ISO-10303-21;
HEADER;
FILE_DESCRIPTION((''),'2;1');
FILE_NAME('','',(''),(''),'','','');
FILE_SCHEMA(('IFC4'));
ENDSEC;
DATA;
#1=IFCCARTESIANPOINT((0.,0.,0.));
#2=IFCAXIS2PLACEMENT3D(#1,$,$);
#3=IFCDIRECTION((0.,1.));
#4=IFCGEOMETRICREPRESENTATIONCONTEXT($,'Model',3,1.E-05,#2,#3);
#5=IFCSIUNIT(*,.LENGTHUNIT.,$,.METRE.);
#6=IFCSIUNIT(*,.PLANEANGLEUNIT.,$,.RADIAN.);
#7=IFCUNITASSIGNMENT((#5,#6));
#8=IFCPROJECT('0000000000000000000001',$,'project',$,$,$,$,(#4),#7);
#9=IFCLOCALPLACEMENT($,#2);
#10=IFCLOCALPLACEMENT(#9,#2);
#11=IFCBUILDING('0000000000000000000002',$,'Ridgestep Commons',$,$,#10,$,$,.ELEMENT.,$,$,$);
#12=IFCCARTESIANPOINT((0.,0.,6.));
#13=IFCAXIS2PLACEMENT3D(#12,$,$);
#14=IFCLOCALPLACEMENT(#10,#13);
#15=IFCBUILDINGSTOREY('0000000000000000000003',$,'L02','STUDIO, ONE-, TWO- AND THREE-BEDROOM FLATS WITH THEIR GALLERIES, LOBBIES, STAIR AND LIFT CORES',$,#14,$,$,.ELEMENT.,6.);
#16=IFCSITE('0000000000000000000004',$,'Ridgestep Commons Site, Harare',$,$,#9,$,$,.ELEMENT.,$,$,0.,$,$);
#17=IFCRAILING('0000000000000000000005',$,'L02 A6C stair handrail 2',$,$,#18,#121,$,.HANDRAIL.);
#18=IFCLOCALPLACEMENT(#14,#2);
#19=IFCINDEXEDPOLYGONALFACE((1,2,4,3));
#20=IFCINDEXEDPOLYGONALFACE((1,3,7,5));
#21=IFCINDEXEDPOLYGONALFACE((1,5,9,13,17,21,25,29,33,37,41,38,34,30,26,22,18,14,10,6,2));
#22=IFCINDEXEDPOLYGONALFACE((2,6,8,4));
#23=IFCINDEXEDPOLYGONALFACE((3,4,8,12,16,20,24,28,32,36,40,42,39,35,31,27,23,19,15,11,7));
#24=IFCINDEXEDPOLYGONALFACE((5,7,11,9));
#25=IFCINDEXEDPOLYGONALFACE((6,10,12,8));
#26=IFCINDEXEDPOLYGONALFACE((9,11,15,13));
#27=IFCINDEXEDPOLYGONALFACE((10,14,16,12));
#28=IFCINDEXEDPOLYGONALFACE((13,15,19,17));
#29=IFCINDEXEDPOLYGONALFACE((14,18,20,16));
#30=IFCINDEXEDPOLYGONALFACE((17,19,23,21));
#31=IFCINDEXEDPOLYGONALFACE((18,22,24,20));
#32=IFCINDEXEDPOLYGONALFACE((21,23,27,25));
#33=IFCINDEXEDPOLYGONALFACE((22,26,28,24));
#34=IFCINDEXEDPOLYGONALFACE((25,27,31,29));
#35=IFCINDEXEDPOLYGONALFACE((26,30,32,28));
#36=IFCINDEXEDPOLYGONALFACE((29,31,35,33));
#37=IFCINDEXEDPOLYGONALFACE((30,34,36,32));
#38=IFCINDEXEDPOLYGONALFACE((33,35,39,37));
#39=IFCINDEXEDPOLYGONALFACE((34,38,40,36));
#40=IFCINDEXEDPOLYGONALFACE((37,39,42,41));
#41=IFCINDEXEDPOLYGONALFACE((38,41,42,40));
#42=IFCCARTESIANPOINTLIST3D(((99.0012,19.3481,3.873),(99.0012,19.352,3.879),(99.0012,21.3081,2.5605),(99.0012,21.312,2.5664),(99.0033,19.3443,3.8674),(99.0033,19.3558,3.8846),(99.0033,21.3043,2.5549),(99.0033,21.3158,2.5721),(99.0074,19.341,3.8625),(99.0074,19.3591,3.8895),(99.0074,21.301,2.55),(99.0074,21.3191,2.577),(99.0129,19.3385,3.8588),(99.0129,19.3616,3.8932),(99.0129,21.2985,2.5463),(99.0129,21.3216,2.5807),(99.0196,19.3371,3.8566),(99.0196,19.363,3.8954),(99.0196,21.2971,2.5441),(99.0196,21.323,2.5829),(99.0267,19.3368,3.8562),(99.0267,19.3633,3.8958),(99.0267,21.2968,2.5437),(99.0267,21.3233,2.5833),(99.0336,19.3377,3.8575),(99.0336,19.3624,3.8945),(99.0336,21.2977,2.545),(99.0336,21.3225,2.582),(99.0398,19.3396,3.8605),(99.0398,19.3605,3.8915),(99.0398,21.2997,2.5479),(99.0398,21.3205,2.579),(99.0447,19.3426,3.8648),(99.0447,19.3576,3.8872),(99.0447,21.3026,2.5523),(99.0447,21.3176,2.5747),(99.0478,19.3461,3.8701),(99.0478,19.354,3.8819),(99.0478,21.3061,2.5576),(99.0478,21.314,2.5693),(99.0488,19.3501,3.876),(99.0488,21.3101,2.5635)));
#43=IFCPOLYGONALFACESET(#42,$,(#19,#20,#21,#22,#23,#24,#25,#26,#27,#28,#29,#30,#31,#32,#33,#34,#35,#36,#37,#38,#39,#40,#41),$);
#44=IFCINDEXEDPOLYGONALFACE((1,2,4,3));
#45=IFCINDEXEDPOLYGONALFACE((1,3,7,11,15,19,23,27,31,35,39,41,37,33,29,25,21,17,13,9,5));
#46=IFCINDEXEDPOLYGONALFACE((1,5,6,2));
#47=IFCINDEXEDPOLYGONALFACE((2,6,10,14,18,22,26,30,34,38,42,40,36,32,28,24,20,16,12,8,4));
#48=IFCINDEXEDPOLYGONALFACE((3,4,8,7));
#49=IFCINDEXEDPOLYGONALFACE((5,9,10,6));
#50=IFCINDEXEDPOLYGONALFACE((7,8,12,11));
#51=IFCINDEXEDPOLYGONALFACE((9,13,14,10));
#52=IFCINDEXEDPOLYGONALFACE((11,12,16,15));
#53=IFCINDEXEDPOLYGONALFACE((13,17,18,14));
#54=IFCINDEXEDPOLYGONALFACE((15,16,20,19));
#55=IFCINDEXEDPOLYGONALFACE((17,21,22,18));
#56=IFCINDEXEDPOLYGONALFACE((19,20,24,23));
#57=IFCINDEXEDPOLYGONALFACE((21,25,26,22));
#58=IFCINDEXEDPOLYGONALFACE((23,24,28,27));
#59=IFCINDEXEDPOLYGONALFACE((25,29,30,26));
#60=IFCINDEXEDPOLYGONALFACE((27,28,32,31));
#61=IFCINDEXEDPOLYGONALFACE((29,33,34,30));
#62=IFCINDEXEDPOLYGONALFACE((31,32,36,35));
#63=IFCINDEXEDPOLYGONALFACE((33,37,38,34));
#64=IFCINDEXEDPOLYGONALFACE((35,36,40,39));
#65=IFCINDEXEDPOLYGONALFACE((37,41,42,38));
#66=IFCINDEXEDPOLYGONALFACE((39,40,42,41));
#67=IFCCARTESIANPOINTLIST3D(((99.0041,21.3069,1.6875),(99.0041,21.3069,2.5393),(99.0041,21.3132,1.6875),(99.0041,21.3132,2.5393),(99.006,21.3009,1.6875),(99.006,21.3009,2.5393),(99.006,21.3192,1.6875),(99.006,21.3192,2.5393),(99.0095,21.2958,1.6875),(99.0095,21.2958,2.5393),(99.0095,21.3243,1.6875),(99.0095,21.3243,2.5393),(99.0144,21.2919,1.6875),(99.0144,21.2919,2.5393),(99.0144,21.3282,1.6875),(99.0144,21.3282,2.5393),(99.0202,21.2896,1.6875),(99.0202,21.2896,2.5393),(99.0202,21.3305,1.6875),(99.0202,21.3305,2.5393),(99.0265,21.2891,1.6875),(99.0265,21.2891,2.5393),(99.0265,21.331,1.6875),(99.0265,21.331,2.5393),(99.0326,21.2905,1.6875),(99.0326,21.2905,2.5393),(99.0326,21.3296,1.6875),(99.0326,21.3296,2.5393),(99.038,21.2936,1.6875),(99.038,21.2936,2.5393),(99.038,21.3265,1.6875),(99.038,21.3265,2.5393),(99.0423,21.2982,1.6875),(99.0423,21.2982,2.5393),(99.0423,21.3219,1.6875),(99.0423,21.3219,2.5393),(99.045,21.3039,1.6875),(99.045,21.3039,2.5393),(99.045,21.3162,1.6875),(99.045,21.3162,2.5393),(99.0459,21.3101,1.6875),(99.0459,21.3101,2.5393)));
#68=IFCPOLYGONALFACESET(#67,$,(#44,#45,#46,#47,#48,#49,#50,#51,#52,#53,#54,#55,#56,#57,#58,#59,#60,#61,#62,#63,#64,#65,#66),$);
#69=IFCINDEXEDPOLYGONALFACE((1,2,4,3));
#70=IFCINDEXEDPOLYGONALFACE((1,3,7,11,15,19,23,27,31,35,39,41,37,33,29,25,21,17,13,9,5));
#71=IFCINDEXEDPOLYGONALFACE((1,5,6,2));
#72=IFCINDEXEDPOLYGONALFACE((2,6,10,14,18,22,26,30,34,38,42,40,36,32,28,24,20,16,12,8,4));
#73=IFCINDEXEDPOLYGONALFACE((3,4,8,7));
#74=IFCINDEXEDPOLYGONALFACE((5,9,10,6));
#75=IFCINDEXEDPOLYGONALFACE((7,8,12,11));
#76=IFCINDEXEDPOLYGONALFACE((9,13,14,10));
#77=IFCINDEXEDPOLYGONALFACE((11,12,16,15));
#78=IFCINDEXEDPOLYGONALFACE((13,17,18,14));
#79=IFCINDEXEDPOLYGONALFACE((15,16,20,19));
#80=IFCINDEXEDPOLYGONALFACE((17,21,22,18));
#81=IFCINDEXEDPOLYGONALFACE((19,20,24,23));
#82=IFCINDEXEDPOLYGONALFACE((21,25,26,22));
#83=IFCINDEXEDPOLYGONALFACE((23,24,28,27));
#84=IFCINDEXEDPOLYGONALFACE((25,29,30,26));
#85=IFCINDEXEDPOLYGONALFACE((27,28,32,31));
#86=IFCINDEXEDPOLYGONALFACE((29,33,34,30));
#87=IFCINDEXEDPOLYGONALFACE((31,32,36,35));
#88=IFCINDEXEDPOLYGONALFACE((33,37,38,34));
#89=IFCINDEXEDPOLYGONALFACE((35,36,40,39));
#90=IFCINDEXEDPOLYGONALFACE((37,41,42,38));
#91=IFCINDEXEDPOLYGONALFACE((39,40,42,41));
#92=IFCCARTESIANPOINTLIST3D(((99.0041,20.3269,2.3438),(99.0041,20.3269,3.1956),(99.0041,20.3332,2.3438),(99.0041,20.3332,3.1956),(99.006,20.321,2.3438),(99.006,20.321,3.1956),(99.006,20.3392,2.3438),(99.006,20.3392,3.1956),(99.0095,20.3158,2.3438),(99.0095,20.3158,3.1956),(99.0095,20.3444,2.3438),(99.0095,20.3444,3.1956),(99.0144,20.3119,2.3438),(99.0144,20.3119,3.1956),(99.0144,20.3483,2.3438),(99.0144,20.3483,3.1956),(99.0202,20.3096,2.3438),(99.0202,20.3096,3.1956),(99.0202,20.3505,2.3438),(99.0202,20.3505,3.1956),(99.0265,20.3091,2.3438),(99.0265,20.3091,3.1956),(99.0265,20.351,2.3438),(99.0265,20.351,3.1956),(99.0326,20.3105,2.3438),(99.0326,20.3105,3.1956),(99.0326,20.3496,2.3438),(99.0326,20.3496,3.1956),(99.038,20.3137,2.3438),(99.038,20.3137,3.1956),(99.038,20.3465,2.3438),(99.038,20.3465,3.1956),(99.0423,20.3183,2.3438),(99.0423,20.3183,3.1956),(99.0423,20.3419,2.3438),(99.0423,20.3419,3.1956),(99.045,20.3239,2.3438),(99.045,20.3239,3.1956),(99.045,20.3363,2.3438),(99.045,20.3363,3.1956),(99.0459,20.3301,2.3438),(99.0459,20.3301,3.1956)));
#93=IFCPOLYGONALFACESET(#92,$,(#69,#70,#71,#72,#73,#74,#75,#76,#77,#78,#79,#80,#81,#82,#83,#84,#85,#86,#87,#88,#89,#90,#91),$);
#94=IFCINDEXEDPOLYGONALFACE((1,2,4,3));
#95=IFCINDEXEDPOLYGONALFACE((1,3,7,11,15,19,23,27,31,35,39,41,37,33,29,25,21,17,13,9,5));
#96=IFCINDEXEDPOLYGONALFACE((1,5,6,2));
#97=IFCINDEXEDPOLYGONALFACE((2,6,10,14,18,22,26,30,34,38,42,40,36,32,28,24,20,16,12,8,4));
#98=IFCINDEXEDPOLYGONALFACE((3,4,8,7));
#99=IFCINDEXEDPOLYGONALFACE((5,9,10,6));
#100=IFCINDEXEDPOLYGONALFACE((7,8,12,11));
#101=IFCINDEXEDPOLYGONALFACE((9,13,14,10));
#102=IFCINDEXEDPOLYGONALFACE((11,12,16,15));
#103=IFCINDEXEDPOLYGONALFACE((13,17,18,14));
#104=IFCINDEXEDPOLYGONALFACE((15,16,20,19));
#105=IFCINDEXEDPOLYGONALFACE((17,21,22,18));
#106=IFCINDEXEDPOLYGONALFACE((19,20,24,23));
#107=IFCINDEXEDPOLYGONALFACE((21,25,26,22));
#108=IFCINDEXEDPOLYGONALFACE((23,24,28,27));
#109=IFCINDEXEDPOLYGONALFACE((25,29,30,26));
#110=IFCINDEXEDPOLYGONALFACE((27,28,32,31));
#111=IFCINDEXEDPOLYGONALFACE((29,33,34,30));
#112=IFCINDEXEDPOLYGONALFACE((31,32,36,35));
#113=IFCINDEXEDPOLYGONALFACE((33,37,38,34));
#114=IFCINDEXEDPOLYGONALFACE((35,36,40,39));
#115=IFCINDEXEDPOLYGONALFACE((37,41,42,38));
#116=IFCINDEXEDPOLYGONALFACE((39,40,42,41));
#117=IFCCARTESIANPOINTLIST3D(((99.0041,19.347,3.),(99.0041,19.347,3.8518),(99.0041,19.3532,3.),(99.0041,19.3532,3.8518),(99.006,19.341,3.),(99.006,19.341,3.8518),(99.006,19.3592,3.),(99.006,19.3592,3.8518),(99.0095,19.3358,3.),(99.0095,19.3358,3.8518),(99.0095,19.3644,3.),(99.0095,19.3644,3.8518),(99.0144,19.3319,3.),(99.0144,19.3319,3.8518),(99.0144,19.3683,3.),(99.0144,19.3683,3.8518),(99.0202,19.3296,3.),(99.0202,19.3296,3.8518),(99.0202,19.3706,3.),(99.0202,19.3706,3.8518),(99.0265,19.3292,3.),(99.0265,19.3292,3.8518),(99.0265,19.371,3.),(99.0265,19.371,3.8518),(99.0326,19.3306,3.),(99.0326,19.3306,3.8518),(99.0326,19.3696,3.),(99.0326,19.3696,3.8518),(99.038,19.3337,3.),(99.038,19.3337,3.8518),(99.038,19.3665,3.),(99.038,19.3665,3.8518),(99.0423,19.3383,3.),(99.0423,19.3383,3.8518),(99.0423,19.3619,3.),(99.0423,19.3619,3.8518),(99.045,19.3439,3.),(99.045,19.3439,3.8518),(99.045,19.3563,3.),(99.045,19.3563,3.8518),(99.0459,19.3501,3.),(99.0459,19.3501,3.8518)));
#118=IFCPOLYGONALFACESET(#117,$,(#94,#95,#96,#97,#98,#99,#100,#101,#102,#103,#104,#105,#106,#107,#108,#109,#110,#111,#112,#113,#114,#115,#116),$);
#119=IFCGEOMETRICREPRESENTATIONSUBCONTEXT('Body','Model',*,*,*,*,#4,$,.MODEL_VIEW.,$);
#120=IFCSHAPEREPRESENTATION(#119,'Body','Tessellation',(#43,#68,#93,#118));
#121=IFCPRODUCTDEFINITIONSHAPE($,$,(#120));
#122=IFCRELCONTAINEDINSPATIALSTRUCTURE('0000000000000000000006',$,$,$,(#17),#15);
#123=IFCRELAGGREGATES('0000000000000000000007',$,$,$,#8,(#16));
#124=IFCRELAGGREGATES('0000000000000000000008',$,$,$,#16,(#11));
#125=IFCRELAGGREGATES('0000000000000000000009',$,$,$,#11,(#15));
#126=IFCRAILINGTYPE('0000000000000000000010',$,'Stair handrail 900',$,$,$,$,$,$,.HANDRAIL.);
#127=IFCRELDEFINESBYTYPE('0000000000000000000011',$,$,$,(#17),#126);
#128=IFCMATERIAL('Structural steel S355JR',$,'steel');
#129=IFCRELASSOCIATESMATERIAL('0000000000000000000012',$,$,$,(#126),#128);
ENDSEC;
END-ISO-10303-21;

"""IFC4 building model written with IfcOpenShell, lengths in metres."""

from ifc_helpers import new_model, si_unit, direction, frame, origin, origin_2d, place, context, subcontext, project, spatial, circle, extrude, material, type_object, element, save


model = new_model("IFC4")

# Units and contexts
model_context = context("Model", 3, precision=1e-05, world=origin(), true_north=direction((0.0, 1.0)))
body_context = subcontext(model_context, "Body", "Model", "MODEL_VIEW")
ifc_project = project(units=[si_unit("LENGTHUNIT", "METRE"), si_unit("PLANEANGLEUNIT", "RADIAN")], contexts=[model_context])

# Site, building, storey
site_placement = place(None, origin())
site = spatial("IfcSite", under=ifc_project, at=site_placement, Name="Ridgestep Commons Site, Harare", CompositionType="ELEMENT", RefElevation=0.0)
building_placement = place(site_placement, origin())
building = spatial("IfcBuilding", under=site, at=building_placement, Name="Ridgestep Commons", CompositionType="ELEMENT")
storey_placement = place(building_placement, frame((0.0, 0.0, 6.0)))
storey = spatial("IfcBuildingStorey", under=building, at=storey_placement, Name="L02", Description="STUDIO, ONE-, TWO- AND THREE-BEDROOM FLATS WITH THEIR GALLERIES, LOBBIES, STAIR AND LIFT CORES", CompositionType="ELEMENT", Elevation=6.0)

# Railing
ifc_material_1 = material(Name="Structural steel S355JR", Category="steel")
railing_type_1 = type_object("IfcRailingType", Name="Stair handrail 900", PredefinedType="HANDRAIL", material=ifc_material_1)
railing_1_placement = place(storey_placement, frame((99.0249, 21.3101, 1.6875)))
element("IfcRailing", 1, at=railing_1_placement, inside=storey, type_object=railing_type_1, Name="L02 A6C stair handrail 2", PredefinedType="HANDRAIL", context=body_context, shape_type="SweptSolid", body=[
    extrude(circle(Radius=0.0239, at=origin_2d()), frame((0.0, 0.0, 0.876), z_axis=(0.0, -0.830902, 0.556419), x_axis=(1.0, 0.0, 0.0)), (0.0, 0.0, 1.0), 2.3589),
    extrude(circle(Radius=0.021, at=origin_2d()), origin(), (0.0, 0.0, 1.0), 0.8518),
    extrude(circle(Radius=0.021, at=origin_2d()), frame((0.0, -0.98, 0.6562)), (0.0, 0.0, 1.0), 0.8518),
    extrude(circle(Radius=0.021, at=origin_2d()), frame((0.0, -1.96, 1.3125)), (0.0, 0.0, 1.0), 0.8518),
])

save(model, "model.ifc")
